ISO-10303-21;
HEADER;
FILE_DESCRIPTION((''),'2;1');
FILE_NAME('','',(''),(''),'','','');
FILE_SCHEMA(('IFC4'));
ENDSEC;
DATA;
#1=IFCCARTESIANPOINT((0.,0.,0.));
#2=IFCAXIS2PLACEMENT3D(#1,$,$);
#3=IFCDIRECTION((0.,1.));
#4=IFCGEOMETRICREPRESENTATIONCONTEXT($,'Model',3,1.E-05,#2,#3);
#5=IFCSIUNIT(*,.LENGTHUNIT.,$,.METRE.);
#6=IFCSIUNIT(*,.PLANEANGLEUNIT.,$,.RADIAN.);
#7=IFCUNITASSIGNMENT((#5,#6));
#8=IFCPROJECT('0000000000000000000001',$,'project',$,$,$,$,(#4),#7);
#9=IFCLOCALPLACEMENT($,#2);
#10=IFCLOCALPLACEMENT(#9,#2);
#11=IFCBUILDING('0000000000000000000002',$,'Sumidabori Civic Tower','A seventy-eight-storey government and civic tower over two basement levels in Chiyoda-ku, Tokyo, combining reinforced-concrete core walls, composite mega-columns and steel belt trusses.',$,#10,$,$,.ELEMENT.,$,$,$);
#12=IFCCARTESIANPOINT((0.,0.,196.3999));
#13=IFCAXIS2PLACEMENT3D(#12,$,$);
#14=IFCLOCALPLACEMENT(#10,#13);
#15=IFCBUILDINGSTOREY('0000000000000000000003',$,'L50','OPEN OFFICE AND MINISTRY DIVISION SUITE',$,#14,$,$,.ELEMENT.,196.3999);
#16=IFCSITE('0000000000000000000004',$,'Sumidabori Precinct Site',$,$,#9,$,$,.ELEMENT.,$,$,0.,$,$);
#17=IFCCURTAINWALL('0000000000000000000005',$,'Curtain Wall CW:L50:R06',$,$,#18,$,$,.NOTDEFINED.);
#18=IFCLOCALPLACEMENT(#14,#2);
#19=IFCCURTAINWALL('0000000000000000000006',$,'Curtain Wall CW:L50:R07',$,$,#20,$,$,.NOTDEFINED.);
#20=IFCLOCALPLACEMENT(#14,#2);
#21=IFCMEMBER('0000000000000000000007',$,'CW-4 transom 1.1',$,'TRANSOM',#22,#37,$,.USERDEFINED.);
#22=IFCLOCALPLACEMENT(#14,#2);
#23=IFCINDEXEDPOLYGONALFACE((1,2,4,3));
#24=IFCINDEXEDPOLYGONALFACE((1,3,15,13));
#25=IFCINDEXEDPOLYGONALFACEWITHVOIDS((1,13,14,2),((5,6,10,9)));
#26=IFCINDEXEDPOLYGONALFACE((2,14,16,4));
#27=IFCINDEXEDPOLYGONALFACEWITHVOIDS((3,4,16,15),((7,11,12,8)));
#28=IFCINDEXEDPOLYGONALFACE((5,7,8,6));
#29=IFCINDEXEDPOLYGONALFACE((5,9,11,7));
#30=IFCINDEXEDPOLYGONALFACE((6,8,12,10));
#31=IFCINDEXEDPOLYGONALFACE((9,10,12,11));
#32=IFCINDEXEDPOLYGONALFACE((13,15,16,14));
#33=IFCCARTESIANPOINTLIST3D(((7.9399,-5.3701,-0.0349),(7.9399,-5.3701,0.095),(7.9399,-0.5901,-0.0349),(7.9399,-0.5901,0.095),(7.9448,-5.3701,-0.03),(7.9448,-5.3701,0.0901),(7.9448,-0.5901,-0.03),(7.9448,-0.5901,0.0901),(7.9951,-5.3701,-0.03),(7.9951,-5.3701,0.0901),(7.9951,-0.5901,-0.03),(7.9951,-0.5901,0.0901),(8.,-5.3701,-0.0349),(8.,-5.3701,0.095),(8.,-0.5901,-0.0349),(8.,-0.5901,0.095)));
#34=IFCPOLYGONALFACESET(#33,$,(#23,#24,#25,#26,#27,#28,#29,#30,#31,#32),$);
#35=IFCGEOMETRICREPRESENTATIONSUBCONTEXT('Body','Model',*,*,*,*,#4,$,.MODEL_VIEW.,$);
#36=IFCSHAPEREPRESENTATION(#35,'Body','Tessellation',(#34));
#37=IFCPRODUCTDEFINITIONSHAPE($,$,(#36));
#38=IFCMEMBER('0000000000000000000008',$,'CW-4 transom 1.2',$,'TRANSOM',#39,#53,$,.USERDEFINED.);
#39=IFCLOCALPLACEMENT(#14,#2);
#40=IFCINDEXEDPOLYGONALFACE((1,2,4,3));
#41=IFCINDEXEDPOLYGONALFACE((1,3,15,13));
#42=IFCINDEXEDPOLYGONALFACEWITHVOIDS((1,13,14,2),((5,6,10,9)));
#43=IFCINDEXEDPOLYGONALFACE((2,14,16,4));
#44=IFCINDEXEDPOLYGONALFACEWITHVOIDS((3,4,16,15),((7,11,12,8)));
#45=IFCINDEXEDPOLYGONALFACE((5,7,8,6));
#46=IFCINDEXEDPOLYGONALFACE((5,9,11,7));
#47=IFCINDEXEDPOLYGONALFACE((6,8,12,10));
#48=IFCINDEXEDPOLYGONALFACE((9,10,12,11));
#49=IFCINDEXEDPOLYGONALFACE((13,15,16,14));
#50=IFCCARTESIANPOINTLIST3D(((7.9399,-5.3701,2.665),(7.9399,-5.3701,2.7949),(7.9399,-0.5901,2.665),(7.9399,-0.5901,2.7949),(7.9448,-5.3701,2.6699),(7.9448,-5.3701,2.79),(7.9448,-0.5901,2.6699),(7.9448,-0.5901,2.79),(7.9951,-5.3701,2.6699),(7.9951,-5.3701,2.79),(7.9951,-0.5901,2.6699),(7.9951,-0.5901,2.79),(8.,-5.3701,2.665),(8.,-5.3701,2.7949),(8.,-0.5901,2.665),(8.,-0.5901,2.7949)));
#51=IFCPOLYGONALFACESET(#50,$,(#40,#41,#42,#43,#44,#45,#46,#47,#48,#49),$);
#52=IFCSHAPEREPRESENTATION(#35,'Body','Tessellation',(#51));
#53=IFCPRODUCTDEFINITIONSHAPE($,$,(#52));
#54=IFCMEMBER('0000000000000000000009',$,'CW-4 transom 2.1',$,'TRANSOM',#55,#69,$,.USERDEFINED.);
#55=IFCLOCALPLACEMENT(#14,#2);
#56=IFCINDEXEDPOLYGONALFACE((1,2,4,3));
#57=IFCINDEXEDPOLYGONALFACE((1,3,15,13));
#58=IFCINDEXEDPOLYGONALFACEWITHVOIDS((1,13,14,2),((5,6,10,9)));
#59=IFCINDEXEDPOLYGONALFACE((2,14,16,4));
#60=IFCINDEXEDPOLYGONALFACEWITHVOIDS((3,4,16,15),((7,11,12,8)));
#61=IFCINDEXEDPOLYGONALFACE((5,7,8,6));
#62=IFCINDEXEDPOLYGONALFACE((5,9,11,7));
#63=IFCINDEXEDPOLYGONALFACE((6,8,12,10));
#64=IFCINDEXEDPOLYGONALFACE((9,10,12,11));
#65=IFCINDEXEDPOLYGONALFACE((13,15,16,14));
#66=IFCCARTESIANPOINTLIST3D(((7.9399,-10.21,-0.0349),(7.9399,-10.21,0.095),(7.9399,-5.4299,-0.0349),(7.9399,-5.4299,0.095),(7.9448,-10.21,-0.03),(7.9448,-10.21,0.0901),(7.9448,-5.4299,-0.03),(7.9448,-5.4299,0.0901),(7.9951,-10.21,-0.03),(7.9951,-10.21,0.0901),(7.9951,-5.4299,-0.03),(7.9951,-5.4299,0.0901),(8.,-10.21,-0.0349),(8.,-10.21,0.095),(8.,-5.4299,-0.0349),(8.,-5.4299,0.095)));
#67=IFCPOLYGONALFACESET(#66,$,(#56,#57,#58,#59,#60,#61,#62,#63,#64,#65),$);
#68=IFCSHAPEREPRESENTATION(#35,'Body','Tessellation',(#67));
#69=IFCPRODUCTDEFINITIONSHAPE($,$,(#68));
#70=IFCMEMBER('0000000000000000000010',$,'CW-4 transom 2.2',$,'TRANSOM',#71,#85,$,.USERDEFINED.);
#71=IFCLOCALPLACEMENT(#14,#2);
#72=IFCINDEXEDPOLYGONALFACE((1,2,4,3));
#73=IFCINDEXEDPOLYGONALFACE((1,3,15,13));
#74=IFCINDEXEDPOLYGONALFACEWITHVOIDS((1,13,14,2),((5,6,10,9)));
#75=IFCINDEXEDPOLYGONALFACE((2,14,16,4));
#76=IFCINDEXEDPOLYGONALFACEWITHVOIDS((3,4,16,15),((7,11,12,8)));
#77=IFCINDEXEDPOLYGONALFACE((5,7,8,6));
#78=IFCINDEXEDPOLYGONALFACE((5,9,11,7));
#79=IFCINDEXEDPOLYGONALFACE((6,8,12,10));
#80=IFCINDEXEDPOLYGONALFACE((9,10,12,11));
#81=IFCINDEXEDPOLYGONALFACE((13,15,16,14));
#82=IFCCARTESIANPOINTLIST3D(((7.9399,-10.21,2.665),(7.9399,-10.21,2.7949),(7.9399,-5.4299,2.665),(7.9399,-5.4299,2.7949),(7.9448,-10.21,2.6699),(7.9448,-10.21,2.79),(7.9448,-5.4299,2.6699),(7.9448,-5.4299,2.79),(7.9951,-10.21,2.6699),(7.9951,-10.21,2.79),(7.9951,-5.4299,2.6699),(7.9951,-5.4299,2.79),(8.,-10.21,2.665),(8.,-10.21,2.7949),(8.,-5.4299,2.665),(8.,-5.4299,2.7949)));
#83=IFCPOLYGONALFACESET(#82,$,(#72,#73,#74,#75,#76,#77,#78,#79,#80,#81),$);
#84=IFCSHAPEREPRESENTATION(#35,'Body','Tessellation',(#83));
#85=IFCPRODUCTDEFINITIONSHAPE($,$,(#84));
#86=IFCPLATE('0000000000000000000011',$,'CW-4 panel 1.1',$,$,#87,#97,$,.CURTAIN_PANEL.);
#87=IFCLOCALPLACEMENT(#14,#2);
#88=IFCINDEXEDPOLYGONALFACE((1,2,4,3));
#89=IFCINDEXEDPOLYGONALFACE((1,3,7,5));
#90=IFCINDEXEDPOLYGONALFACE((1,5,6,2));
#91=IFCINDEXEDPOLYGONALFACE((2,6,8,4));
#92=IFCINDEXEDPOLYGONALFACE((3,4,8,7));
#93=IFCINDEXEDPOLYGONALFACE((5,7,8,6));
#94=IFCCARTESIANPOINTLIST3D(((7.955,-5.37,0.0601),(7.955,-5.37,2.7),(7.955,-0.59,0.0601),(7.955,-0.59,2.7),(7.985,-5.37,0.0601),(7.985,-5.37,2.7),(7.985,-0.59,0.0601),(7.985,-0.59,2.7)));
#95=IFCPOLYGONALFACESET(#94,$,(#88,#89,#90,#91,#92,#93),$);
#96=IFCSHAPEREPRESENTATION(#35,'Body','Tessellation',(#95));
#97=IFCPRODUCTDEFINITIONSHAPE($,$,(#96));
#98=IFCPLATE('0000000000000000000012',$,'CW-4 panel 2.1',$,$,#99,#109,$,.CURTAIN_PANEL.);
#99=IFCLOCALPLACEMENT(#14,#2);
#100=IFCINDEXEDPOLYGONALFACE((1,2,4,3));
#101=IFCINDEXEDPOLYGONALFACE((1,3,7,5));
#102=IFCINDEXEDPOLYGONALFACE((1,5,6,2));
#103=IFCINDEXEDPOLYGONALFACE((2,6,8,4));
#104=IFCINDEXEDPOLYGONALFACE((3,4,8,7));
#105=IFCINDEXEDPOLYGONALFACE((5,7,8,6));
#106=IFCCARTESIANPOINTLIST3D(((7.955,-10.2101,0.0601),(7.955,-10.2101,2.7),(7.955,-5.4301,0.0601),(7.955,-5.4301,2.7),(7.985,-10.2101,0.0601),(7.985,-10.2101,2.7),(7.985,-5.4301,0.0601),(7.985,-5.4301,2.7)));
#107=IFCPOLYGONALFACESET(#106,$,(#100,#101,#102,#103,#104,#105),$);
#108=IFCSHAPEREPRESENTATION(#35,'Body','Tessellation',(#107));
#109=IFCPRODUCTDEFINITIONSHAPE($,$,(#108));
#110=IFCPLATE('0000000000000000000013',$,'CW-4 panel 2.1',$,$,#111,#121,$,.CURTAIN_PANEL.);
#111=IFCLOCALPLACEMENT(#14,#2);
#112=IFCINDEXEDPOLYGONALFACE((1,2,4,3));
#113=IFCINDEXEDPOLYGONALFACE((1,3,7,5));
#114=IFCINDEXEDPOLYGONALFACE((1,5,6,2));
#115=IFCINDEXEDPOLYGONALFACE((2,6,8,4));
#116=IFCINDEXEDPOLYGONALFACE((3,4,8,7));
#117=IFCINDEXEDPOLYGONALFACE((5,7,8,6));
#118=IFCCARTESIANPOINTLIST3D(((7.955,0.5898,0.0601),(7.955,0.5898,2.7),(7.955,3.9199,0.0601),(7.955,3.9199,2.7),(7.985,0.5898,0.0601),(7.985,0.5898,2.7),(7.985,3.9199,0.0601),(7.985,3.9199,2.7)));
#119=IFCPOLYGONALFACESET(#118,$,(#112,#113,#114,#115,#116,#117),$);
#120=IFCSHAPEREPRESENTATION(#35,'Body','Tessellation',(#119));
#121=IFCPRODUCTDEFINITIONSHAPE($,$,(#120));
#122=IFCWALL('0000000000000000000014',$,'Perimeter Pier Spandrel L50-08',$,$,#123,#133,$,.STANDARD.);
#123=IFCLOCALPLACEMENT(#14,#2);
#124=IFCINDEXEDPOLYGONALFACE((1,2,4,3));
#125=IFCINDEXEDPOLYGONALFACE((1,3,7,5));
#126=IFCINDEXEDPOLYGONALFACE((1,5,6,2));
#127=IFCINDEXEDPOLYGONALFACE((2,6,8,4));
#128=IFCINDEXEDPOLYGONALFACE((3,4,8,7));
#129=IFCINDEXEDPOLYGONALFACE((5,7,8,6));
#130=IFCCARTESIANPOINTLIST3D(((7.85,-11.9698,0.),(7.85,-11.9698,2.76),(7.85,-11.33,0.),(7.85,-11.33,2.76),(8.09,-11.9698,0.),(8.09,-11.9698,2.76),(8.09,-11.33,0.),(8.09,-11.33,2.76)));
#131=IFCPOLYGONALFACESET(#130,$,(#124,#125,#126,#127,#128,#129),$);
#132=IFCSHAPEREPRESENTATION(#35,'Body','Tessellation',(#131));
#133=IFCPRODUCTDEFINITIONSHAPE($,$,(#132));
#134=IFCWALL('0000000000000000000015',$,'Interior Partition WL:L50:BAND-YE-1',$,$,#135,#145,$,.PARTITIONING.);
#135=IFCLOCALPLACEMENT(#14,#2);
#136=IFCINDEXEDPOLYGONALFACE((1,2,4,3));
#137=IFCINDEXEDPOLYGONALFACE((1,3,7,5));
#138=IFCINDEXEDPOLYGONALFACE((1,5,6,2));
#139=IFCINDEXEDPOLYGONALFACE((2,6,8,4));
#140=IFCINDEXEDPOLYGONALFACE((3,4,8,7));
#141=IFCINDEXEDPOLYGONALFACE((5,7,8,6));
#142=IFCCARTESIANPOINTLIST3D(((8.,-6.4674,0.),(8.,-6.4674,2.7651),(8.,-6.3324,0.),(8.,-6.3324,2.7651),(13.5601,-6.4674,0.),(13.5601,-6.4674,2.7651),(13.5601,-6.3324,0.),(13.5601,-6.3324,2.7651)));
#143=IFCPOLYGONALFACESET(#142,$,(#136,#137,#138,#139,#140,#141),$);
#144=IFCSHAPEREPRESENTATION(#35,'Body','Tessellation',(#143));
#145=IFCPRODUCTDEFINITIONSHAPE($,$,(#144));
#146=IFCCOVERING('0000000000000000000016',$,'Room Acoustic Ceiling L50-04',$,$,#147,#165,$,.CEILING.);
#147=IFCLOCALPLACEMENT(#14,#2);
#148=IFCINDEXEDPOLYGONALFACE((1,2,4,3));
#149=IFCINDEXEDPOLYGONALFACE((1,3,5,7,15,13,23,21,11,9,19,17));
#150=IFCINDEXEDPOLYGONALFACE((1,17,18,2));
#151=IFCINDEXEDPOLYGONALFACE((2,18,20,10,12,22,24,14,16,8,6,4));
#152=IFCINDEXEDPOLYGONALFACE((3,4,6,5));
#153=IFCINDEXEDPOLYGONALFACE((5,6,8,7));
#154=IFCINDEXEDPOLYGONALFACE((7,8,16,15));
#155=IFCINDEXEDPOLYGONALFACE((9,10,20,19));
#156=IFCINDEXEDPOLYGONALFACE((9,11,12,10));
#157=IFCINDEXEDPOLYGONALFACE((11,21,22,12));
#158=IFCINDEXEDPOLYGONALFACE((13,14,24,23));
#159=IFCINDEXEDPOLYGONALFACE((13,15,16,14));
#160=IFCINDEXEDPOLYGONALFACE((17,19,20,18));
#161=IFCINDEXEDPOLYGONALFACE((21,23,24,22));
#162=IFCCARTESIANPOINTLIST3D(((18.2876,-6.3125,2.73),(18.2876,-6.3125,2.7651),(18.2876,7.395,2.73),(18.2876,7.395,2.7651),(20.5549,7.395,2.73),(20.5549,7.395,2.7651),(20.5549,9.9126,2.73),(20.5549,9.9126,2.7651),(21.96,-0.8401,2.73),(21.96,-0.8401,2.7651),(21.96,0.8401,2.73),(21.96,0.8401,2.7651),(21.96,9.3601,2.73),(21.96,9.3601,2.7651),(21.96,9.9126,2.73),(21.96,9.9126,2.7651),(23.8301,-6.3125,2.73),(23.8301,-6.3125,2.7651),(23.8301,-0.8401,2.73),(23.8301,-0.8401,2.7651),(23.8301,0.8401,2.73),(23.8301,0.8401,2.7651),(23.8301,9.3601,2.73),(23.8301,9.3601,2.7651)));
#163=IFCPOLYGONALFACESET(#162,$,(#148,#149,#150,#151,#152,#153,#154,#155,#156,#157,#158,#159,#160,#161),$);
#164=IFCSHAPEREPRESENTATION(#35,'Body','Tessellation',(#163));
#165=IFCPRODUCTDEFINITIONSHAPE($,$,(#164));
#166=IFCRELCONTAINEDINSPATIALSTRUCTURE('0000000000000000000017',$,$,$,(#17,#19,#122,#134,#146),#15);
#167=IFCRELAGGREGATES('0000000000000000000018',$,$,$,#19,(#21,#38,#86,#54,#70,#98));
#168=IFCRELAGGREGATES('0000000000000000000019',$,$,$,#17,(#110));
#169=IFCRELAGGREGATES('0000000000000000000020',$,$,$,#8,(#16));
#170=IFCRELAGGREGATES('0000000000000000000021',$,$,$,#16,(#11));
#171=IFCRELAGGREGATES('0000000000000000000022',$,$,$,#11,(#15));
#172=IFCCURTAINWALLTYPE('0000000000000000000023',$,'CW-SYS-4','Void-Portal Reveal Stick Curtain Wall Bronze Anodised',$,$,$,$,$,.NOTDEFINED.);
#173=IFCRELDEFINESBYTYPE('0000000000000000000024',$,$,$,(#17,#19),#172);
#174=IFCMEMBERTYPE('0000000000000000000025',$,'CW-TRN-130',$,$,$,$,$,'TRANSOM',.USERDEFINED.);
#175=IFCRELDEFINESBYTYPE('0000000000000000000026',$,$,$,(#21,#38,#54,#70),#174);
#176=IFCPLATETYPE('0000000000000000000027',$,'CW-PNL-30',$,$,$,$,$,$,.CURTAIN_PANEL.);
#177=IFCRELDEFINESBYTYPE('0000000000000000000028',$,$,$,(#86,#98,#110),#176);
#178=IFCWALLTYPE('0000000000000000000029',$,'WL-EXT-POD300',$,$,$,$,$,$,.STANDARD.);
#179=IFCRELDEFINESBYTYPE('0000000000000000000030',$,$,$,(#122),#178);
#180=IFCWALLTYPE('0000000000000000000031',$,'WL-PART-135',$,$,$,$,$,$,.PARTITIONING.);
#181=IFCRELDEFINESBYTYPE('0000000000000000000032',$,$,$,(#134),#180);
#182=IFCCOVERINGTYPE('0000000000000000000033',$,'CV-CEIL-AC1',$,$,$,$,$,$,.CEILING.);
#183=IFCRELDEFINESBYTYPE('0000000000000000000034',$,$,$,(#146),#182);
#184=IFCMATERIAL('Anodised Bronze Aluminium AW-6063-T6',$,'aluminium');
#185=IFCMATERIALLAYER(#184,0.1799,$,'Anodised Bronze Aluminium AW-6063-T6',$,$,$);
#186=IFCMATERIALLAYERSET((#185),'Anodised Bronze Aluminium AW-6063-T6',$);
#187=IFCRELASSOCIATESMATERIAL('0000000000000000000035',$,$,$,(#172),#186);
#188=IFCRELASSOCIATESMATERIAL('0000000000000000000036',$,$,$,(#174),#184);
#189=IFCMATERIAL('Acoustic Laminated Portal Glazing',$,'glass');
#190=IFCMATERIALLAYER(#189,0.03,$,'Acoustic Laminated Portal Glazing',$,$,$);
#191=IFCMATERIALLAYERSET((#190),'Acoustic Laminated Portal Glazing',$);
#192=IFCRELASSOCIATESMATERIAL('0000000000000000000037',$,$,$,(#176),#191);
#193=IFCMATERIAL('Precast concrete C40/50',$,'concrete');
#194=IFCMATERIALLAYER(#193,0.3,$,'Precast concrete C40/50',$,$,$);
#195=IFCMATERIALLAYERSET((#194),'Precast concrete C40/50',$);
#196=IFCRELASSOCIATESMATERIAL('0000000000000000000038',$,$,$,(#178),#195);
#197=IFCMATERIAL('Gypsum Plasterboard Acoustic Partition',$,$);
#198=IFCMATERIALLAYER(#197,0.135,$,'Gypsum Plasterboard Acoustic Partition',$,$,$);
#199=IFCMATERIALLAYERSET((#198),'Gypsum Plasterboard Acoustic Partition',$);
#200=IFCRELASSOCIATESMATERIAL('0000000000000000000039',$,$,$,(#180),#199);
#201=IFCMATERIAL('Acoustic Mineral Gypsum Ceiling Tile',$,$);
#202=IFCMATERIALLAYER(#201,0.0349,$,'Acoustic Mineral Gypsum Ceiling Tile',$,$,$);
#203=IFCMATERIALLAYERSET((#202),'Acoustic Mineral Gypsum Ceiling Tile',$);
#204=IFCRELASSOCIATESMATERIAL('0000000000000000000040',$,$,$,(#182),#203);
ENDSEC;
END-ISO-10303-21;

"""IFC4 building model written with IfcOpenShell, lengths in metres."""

from ifc_helpers import new_model, si_unit, direction, frame, frame_2d, origin, origin_2d, place, context, subcontext, project, spatial, polyline, rectangle, hollow_rectangle, outline, extrude, source, transform, mapped, material, layer, layer_set, material_profile, profile_set, type_object, element, aggregate, save


model = new_model("IFC4")

# Units and contexts
model_context = context("Model", 3, precision=1e-05, world=origin(), true_north=direction((0.0, 1.0)))
body_context = subcontext(model_context, "Body", "Model", "MODEL_VIEW")
ifc_project = project(units=[si_unit("LENGTHUNIT", "METRE"), si_unit("PLANEANGLEUNIT", "RADIAN")], contexts=[model_context])

# Site, building, storey
site_placement = place(None, origin())
site = spatial("IfcSite", under=ifc_project, at=site_placement, Name="Sumidabori Precinct Site", CompositionType="ELEMENT", RefElevation=0.0)
building_placement = place(site_placement, origin())
building = spatial("IfcBuilding", under=site, at=building_placement, Name="Sumidabori Civic Tower", Description="A seventy-eight-storey government and civic tower over two basement levels in Chiyoda-ku, Tokyo, combining reinforced-concrete core walls, composite mega-columns and steel belt trusses.", CompositionType="ELEMENT")
storey_placement = place(building_placement, frame((0.0, 0.0, 196.3999)))
storey = spatial("IfcBuildingStorey", under=building, at=storey_placement, Name="L50", Description="OPEN OFFICE AND MINISTRY DIVISION SUITE", CompositionType="ELEMENT", Elevation=196.3999)

# Curtain wall
ifc_material_1 = material(Name="Anodised Bronze Aluminium AW-6063-T6", Category="aluminium")
ifc_layer_1 = layer(ifc_material_1, 0.1799, Name="Anodised Bronze Aluminium AW-6063-T6")
ifc_layer_set_1 = layer_set([ifc_layer_1], Name="Anodised Bronze Aluminium AW-6063-T6")
curtain_wall_type_1 = type_object("IfcCurtainWallType", Name="CW-SYS-4", Description="Void-Portal Reveal Stick Curtain Wall Bronze Anodised", PredefinedType="NOTDEFINED", material=ifc_layer_set_1)
curtain_wall_1_placement = place(storey_placement, origin())
curtain_wall_1 = element("IfcCurtainWall", 1, at=curtain_wall_1_placement, inside=storey, type_object=curtain_wall_type_1, Name="Curtain Wall CW:L50:R06", PredefinedType="NOTDEFINED")

# Curtain wall
curtain_wall_2_placement = place(storey_placement, origin())
curtain_wall_2 = element("IfcCurtainWall", 2, at=curtain_wall_2_placement, inside=storey, type_object=curtain_wall_type_1, Name="Curtain Wall CW:L50:R07", PredefinedType="NOTDEFINED")
ifc_material_profile_1 = material_profile(ifc_material_1, hollow_rectangle(XDim=0.0601, YDim=0.1299, WallThickness=0.0049, at=origin_2d()), Name="ALU TRANSOM 130x60")
ifc_profile_set_1 = profile_set([ifc_material_profile_1], Name="Anodised Bronze Aluminium AW-6063-T6")
member_type_1 = type_object("IfcMemberType", Name="CW-TRN-130", ElementType="TRANSOM", PredefinedType="USERDEFINED", material=ifc_profile_set_1)

# Members
shared_shape_1 = source(origin(), body_context, "Body", "SweptSolid", [
    extrude(hollow_rectangle(XDim=0.0601, YDim=0.1299, WallThickness=0.0049, at=origin_2d()), origin(), (0.0, 0.0, 1.0), 4.78),
])
member_1_placement = place(storey_placement, frame((7.97, -0.5901, 0.03), z_axis=(0.0, -1.0, 0.0), x_axis=(1.0, 0.0, 0.0)))
member_1 = element("IfcMember", 3, at=member_1_placement, type_object=member_type_1, Name="CW-4 transom 1.1", ObjectType="TRANSOM", PredefinedType="USERDEFINED", context=body_context, shape_type="MappedRepresentation", body=[
    mapped(shared_shape_1, transform((0.0, 0.0, 0.0), x_axis=(1.0, 0.0, 0.0), y_axis=(0.0, 1.0, 0.0), z_axis=(0.0, 0.0, 1.0), scale=1.0)),
])
member_2_placement = place(storey_placement, frame((7.97, -0.5901, 2.73), z_axis=(0.0, -1.0, 0.0), x_axis=(1.0, 0.0, 0.0)))
member_2 = element("IfcMember", 4, at=member_2_placement, type_object=member_type_1, Name="CW-4 transom 1.2", ObjectType="TRANSOM", PredefinedType="USERDEFINED", context=body_context, shape_type="MappedRepresentation", body=[
    mapped(shared_shape_1, transform((0.0, 0.0, 0.0), x_axis=(1.0, 0.0, 0.0), y_axis=(0.0, 1.0, 0.0), z_axis=(0.0, 0.0, 1.0), scale=1.0)),
])
member_3_placement = place(storey_placement, frame((7.97, -5.4299, 0.03), z_axis=(0.0, -1.0, 0.0), x_axis=(1.0, 0.0, 0.0)))
member_3 = element("IfcMember", 5, at=member_3_placement, type_object=member_type_1, Name="CW-4 transom 2.1", ObjectType="TRANSOM", PredefinedType="USERDEFINED", context=body_context, shape_type="MappedRepresentation", body=[
    mapped(shared_shape_1, transform((0.0, 0.0, 0.0), x_axis=(1.0, 0.0, 0.0), y_axis=(0.0, 1.0, 0.0), z_axis=(0.0, 0.0, 1.0), scale=1.0)),
])
member_4_placement = place(storey_placement, frame((7.97, -5.4299, 2.73), z_axis=(0.0, -1.0, 0.0), x_axis=(1.0, 0.0, 0.0)))
member_4 = element("IfcMember", 6, at=member_4_placement, type_object=member_type_1, Name="CW-4 transom 2.2", ObjectType="TRANSOM", PredefinedType="USERDEFINED", context=body_context, shape_type="MappedRepresentation", body=[
    mapped(shared_shape_1, transform((0.0, 0.0, 0.0), x_axis=(1.0, 0.0, 0.0), y_axis=(0.0, 1.0, 0.0), z_axis=(0.0, 0.0, 1.0), scale=1.0)),
])

# Plates
ifc_material_2 = material(Name="Acoustic Laminated Portal Glazing", Category="glass")
ifc_layer_2 = layer(ifc_material_2, 0.03, Name="Acoustic Laminated Portal Glazing")
ifc_layer_set_2 = layer_set([ifc_layer_2], Name="Acoustic Laminated Portal Glazing")
plate_type = type_object("IfcPlateType", Name="CW-PNL-30", PredefinedType="CURTAIN_PANEL", material=ifc_layer_set_2)
shared_shape_2 = source(origin(), body_context, "Body", "SweptSolid", [
    extrude(rectangle(XDim=4.78, YDim=0.03, at=origin_2d()), origin(), (0.0, 0.0, 1.0), 2.6399),
])
plate_1_placement = place(storey_placement, frame((7.97, -2.98, 0.0601), z_axis=(0.0, 0.0, 1.0), x_axis=(0.0, -1.0, 0.0)))
plate_1 = element("IfcPlate", 7, at=plate_1_placement, type_object=plate_type, Name="CW-4 panel 1.1", PredefinedType="CURTAIN_PANEL", context=body_context, shape_type="MappedRepresentation", body=[
    mapped(shared_shape_2, transform((0.0, 0.0, 0.0), x_axis=(1.0, 0.0, 0.0), y_axis=(0.0, 1.0, 0.0), z_axis=(0.0, 0.0, 1.0), scale=1.0)),
])
plate_2_placement = place(storey_placement, frame((7.97, -7.8201, 0.0601), z_axis=(0.0, 0.0, 1.0), x_axis=(0.0, -1.0, 0.0)))
plate_2 = element("IfcPlate", 8, at=plate_2_placement, type_object=plate_type, Name="CW-4 panel 2.1", PredefinedType="CURTAIN_PANEL", context=body_context, shape_type="MappedRepresentation", body=[
    mapped(shared_shape_2, transform((0.0, 0.0, 0.0), x_axis=(1.0, 0.0, 0.0), y_axis=(0.0, 1.0, 0.0), z_axis=(0.0, 0.0, 1.0), scale=1.0)),
])
aggregate(curtain_wall_2, [member_1, member_2, plate_1, member_3, member_4, plate_2])
shared_shape_3 = source(origin(), body_context, "Body", "SweptSolid", [
    extrude(rectangle(XDim=3.3301, YDim=0.03, at=origin_2d()), origin(), (0.0, 0.0, 1.0), 2.6399),
])
plate_3_placement = place(storey_placement, frame((7.97, 2.2549, 0.0601), z_axis=(0.0, 0.0, 1.0), x_axis=(0.0, -1.0, 0.0)))
plate_3 = element("IfcPlate", 9, at=plate_3_placement, type_object=plate_type, Name="CW-4 panel 2.1", PredefinedType="CURTAIN_PANEL", context=body_context, shape_type="MappedRepresentation", body=[
    mapped(shared_shape_3, transform((0.0, 0.0, 0.0), x_axis=(1.0, 0.0, 0.0), y_axis=(0.0, 1.0, 0.0), z_axis=(0.0, 0.0, 1.0), scale=1.0)),
])
aggregate(curtain_wall_1, [plate_3])

# Walls
ifc_material_3 = material(Name="Precast concrete C40/50", Category="concrete")
ifc_layer_3 = layer(ifc_material_3, 0.3, Name="Precast concrete C40/50")
ifc_layer_set_3 = layer_set([ifc_layer_3], Name="Precast concrete C40/50")
wall_type_1 = type_object("IfcWallType", Name="WL-EXT-POD300", PredefinedType="STANDARD", material=ifc_layer_set_3)
shared_shape_4 = source(origin(), body_context, "Body", "SweptSolid", [
    extrude(rectangle(XDim=0.6399, YDim=0.24, at=frame_2d((0.3198, 0.0))), origin(), (0.0, 0.0, 1.0), 2.76),
])
wall_1_placement = place(storey_placement, frame((7.97, -11.3301, 0.0), z_axis=(0.0, 0.0, 1.0), x_axis=(0.0, -1.0, 0.0)))
element("IfcWall", 10, at=wall_1_placement, inside=storey, type_object=wall_type_1, Name="Perimeter Pier Spandrel L50-08", PredefinedType="STANDARD", context=body_context, shape_type="MappedRepresentation", body=[
    mapped(shared_shape_4, transform((0.0, 0.0, 0.0), x_axis=(1.0, 0.0, 0.0), y_axis=(0.0, 1.0, 0.0), z_axis=(0.0, 0.0, 1.0), scale=1.0)),
])
ifc_material_4 = material(Name="Gypsum Plasterboard Acoustic Partition")
ifc_layer_4 = layer(ifc_material_4, 0.135, Name="Gypsum Plasterboard Acoustic Partition")
ifc_layer_set_4 = layer_set([ifc_layer_4], Name="Gypsum Plasterboard Acoustic Partition")
wall_type_2 = type_object("IfcWallType", Name="WL-PART-135", PredefinedType="PARTITIONING", material=ifc_layer_set_4)
shared_shape_5 = source(origin(), body_context, "Body", "SweptSolid", [
    extrude(rectangle(XDim=5.5601, YDim=0.135, at=frame_2d((2.78, 0.0))), origin(), (0.0, 0.0, 1.0), 2.7651),
])
wall_2_placement = place(storey_placement, frame((8.0, -6.3999, 0.0), z_axis=(0.0, 0.0, 1.0), x_axis=(1.0, 0.0, 0.0)))
element("IfcWall", 11, at=wall_2_placement, inside=storey, type_object=wall_type_2, Name="Interior Partition WL:L50:BAND-YE-1", PredefinedType="PARTITIONING", context=body_context, shape_type="MappedRepresentation", body=[
    mapped(shared_shape_5, transform((0.0, 0.0, 0.0), x_axis=(1.0, 0.0, 0.0), y_axis=(0.0, 1.0, 0.0), z_axis=(0.0, 0.0, 1.0), scale=1.0)),
])

# Covering
ifc_material_5 = material(Name="Acoustic Mineral Gypsum Ceiling Tile")
ifc_layer_5 = layer(ifc_material_5, 0.0349, Name="Acoustic Mineral Gypsum Ceiling Tile")
ifc_layer_set_5 = layer_set([ifc_layer_5], Name="Acoustic Mineral Gypsum Ceiling Tile")
covering_type_1 = type_object("IfcCoveringType", Name="CV-CEIL-AC1", PredefinedType="CEILING", material=ifc_layer_set_5)
covering_1_placement = place(storey_placement, frame((0.0, 0.0, 2.73)))
element("IfcCovering", 12, at=covering_1_placement, inside=storey, type_object=covering_type_1, Name="Room Acoustic Ceiling L50-04", PredefinedType="CEILING", context=body_context, shape_type="SweptSolid", body=[
    extrude(outline(polyline([(18.2876, 7.395), (20.5549, 7.395), (20.5549, 9.9126), (21.96, 9.9126), (21.96, 9.3601), (23.8301, 9.3601), (23.8301, 0.8401), (21.96, 0.8401), (21.96, -0.8401), (23.8301, -0.8401), (23.8301, -6.3125), (18.2876, -6.3125), (18.2876, 7.395)])), origin(), (0.0, 0.0, 1.0), 0.0352),
])

save(model, "model.ifc")
